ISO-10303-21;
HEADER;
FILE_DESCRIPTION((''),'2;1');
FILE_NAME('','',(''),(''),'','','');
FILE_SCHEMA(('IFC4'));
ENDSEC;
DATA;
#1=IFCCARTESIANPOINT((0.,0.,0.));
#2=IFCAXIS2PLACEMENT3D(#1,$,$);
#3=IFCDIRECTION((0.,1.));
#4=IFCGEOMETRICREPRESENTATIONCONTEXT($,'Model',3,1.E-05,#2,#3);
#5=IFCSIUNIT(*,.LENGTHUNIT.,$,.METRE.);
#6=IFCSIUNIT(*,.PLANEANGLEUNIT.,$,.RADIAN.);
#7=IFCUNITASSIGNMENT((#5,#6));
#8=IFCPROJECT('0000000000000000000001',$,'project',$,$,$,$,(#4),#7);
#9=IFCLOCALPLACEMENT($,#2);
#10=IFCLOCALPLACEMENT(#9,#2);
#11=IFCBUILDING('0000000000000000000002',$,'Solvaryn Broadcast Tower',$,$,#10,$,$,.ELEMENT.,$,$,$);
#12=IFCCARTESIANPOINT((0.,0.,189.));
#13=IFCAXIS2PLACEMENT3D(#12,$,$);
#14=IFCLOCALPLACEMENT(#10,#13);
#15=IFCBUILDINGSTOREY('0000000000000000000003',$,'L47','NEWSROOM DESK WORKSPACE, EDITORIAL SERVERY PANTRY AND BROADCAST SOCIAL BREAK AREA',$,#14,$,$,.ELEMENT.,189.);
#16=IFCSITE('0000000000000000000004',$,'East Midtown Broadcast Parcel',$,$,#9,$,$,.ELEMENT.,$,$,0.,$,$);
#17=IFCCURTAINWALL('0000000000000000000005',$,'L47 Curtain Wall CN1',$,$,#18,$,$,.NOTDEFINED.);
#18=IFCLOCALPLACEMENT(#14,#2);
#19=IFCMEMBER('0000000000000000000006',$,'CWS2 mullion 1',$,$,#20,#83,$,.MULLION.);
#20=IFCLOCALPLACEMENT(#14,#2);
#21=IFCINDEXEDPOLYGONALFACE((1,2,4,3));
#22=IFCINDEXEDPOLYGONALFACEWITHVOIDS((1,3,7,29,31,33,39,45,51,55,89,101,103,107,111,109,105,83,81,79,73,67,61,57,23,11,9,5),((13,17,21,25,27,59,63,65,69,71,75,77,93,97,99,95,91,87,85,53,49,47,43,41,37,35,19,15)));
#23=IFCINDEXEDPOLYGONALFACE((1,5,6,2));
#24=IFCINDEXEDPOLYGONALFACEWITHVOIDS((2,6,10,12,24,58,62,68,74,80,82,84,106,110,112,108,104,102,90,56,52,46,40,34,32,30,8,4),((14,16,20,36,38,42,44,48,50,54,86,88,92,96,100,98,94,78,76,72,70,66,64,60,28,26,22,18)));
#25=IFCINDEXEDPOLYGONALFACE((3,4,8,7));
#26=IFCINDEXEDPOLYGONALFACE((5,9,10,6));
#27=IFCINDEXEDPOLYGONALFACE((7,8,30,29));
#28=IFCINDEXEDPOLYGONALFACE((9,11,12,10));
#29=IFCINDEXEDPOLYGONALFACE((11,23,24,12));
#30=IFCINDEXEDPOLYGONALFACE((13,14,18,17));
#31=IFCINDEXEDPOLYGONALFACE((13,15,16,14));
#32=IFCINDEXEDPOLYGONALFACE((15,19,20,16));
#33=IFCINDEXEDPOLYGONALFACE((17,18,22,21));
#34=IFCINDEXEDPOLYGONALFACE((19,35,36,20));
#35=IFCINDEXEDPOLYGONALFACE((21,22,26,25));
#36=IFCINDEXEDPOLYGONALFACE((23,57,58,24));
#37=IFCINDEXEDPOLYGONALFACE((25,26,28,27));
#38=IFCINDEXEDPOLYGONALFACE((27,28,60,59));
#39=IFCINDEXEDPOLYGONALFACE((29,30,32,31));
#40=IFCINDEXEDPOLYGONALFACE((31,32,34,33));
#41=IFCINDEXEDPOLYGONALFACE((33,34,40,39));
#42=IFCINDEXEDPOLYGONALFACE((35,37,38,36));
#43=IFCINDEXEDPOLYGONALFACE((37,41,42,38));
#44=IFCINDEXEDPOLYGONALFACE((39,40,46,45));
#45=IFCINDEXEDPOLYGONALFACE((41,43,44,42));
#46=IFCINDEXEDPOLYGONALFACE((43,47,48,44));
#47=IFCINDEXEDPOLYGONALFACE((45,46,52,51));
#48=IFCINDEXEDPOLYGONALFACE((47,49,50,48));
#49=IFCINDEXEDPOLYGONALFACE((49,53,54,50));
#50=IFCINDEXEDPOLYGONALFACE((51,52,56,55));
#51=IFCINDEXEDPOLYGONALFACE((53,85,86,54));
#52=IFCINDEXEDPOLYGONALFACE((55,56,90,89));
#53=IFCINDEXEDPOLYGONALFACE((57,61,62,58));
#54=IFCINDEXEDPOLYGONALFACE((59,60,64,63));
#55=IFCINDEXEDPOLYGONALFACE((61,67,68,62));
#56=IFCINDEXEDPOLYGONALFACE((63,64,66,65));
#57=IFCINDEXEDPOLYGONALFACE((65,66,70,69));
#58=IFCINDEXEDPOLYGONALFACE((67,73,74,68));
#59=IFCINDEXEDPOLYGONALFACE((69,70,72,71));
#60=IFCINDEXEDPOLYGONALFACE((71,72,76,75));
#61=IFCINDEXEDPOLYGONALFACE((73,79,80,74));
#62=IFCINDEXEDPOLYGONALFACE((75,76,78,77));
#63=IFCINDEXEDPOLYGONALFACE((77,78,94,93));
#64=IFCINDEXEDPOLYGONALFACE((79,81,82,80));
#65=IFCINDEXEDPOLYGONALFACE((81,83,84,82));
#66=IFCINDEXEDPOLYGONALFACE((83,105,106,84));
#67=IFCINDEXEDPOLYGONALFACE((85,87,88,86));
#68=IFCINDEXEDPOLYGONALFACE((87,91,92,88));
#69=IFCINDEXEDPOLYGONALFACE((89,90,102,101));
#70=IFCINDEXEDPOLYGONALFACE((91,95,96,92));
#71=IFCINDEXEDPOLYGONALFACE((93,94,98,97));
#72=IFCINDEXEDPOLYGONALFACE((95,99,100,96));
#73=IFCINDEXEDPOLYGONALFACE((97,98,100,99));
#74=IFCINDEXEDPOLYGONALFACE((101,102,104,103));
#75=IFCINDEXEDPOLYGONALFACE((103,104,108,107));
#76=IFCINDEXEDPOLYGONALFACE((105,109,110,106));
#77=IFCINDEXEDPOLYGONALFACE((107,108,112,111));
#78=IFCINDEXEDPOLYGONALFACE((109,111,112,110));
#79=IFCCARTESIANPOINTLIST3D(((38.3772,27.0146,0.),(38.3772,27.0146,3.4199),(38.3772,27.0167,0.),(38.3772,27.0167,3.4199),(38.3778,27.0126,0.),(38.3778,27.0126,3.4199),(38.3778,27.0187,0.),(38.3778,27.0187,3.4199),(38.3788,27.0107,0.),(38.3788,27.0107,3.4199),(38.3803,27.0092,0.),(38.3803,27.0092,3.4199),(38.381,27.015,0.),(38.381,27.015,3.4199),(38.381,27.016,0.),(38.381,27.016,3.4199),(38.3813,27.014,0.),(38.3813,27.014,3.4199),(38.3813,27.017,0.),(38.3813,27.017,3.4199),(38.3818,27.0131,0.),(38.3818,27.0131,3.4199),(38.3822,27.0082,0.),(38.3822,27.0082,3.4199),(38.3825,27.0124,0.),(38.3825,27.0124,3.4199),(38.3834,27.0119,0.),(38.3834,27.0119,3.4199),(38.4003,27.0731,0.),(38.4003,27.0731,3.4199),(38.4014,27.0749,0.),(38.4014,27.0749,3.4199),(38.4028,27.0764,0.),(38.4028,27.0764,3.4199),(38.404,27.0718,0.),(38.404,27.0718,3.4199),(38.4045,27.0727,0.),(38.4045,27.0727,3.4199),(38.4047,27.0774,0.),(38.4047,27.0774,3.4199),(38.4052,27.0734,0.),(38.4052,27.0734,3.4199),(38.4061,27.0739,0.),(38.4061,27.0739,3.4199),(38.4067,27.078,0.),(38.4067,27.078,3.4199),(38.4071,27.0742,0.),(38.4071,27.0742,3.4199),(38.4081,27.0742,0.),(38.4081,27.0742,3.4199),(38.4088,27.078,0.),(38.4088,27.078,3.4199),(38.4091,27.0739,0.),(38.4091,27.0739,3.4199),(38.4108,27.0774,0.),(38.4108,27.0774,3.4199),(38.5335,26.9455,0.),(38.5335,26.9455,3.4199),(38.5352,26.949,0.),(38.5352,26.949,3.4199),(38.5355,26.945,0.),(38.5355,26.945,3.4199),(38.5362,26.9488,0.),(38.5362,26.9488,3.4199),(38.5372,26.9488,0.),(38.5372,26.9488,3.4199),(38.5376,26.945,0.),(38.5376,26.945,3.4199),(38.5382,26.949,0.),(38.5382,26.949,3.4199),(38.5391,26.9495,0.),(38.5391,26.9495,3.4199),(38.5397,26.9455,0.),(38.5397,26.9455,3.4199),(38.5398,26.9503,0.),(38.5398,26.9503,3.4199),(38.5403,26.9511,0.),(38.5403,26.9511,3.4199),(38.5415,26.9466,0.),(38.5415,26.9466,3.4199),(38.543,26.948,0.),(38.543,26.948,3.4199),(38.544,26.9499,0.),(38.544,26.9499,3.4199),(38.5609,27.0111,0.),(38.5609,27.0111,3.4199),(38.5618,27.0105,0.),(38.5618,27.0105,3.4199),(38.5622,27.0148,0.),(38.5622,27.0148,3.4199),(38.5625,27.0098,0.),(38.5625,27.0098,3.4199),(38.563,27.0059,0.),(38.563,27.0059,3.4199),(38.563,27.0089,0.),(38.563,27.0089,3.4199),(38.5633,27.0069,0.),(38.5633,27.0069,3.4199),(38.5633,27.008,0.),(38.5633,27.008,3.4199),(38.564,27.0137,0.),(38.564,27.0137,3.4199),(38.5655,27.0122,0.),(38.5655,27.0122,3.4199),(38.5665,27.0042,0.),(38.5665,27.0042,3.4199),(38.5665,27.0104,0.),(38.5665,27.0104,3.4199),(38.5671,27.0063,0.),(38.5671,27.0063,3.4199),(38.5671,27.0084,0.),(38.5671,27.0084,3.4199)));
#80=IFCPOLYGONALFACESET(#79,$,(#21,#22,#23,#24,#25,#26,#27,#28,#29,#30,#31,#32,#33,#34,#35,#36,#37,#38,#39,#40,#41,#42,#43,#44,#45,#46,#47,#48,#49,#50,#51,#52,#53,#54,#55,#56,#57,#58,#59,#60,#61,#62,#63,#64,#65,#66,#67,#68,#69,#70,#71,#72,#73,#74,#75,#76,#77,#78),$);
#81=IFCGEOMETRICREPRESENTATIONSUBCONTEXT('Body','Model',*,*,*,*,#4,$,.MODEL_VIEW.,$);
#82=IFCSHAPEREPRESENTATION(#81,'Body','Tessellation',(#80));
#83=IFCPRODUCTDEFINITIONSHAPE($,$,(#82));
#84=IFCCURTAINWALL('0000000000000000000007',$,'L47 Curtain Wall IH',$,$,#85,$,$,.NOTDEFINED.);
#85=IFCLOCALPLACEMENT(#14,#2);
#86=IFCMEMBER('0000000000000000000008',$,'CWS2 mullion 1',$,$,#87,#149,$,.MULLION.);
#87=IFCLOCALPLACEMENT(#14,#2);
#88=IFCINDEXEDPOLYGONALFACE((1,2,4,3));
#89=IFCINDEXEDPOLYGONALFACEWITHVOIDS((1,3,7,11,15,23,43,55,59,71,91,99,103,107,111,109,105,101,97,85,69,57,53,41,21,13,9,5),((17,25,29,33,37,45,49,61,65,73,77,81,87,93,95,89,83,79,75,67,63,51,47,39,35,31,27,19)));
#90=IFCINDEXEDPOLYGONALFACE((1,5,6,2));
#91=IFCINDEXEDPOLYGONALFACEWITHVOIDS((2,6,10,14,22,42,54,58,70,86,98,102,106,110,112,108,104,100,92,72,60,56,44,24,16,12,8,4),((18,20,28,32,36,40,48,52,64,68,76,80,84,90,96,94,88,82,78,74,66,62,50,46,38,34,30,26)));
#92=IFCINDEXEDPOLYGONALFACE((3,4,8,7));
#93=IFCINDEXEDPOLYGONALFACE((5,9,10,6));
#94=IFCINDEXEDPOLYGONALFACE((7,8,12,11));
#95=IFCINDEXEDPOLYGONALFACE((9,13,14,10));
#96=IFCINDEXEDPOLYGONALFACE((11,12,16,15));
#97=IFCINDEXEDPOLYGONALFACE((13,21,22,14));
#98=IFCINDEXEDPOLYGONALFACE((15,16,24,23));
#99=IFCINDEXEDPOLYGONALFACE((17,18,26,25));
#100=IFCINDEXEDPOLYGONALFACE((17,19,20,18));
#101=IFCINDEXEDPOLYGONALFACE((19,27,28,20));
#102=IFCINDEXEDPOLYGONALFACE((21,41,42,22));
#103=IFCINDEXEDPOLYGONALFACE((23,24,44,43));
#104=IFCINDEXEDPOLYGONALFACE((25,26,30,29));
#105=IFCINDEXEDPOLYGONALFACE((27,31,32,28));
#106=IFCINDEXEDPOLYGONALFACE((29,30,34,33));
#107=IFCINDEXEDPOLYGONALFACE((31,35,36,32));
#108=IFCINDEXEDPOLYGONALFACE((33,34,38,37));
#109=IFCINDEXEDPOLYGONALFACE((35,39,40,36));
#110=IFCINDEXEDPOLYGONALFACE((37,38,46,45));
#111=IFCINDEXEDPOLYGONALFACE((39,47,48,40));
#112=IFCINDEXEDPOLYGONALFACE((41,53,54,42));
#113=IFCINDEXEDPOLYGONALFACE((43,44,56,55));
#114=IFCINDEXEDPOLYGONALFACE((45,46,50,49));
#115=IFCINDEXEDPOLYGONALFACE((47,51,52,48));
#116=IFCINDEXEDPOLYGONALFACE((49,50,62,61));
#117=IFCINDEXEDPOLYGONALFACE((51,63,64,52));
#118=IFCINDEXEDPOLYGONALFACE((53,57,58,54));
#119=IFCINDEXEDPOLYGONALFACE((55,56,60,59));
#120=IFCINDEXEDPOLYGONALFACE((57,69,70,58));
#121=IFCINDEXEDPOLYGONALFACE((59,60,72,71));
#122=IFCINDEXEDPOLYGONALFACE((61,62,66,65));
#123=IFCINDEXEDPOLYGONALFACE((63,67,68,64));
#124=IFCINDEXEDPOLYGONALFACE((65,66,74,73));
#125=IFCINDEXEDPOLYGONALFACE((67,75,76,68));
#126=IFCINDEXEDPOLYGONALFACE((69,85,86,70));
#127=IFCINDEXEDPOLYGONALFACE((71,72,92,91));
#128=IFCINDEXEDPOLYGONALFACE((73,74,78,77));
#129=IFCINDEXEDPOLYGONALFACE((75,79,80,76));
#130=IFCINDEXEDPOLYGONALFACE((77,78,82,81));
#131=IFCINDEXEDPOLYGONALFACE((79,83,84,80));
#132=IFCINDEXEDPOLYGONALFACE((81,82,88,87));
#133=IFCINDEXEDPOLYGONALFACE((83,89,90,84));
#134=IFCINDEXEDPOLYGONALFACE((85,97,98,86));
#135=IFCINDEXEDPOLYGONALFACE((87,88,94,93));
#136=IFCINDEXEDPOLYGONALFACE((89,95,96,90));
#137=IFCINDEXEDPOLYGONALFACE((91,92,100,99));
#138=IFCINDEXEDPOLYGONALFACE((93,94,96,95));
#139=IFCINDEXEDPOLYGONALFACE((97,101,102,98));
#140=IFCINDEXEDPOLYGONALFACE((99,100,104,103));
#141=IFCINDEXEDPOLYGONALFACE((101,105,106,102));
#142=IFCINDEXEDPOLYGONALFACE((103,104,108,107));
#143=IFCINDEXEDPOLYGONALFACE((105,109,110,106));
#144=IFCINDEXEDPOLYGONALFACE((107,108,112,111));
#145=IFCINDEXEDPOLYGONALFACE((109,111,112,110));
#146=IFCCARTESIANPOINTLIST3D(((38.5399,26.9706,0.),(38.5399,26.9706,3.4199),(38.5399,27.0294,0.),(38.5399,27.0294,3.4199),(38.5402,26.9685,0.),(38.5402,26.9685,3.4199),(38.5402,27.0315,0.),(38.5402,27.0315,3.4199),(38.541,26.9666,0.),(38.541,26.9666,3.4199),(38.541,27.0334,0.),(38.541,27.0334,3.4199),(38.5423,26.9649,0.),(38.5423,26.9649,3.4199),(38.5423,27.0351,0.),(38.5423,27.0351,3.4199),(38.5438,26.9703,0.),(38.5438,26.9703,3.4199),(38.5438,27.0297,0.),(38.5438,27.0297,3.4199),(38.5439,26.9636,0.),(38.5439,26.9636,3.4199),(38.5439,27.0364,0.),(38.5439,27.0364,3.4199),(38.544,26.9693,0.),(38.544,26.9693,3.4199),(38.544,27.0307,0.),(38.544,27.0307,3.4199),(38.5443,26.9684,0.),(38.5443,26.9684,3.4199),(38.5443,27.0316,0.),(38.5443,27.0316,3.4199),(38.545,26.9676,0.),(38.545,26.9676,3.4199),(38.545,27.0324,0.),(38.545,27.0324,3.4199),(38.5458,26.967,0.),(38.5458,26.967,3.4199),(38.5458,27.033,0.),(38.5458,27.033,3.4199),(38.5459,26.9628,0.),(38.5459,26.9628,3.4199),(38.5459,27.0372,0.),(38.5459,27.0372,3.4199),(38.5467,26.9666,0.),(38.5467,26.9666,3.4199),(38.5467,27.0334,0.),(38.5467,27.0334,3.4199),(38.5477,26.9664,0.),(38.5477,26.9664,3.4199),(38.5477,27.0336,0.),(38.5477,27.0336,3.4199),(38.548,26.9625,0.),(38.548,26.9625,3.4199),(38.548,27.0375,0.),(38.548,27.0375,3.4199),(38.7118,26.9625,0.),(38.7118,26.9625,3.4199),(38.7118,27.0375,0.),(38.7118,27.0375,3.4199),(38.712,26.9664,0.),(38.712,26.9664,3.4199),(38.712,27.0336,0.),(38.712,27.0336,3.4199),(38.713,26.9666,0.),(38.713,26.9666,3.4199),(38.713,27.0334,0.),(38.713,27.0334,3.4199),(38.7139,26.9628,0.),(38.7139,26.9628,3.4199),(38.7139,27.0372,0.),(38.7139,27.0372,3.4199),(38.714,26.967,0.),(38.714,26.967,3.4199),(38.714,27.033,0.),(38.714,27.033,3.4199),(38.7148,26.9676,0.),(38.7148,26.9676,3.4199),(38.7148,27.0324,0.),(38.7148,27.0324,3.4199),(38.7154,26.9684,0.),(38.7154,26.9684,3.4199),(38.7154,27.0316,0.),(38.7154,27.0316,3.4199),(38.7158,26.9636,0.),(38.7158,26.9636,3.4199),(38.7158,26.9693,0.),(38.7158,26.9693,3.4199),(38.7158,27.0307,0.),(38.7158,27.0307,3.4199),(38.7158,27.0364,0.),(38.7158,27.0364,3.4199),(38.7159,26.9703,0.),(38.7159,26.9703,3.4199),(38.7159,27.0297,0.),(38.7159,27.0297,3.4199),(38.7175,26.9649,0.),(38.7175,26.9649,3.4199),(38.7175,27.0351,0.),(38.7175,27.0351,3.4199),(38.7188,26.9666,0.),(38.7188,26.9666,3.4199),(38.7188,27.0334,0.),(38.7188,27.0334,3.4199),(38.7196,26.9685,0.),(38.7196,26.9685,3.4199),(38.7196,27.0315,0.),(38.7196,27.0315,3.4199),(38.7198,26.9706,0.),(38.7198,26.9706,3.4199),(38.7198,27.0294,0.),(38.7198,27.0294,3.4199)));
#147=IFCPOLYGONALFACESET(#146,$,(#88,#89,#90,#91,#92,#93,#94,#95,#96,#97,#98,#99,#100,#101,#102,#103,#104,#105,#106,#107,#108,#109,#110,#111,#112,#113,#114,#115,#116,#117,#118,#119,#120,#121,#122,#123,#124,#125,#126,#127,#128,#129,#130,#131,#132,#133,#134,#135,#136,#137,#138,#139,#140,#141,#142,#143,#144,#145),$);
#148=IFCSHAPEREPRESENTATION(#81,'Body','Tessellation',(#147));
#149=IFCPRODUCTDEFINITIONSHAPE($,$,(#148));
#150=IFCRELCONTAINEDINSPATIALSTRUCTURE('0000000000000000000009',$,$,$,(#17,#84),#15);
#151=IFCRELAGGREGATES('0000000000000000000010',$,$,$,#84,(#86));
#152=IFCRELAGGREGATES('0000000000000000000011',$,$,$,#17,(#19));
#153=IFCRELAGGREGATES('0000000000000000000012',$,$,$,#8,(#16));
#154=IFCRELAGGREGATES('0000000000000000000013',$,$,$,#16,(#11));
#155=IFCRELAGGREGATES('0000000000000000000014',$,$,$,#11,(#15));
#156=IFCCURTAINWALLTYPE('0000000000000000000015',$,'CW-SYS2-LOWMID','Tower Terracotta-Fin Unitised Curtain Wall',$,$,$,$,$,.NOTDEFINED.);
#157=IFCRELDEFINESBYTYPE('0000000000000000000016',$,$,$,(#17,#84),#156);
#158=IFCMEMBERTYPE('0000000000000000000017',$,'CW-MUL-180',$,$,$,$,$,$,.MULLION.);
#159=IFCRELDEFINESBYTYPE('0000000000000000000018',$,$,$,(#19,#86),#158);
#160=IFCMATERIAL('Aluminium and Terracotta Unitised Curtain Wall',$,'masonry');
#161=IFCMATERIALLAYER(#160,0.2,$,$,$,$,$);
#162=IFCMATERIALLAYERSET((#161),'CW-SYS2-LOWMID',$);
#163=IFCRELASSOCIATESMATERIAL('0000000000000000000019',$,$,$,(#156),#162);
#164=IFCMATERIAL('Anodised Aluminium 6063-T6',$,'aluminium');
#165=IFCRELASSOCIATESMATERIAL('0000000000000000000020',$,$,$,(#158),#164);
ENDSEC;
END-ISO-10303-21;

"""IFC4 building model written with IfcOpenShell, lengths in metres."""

from ifc_helpers import new_model, si_unit, direction, frame, origin, origin_2d, place, context, subcontext, project, spatial, hollow_rectangle, extrude, material, layer, layer_set, material_profile, profile_set, type_object, element, aggregate, save


model = new_model("IFC4")

# Units and contexts
model_context = context("Model", 3, precision=1e-05, world=origin(), true_north=direction((0.0, 1.0)))
body_context = subcontext(model_context, "Body", "Model", "MODEL_VIEW")
ifc_project = project(units=[si_unit("LENGTHUNIT", "METRE"), si_unit("PLANEANGLEUNIT", "RADIAN")], contexts=[model_context])

# Site, building, storey
site_placement = place(None, origin())
site = spatial("IfcSite", under=ifc_project, at=site_placement, Name="East Midtown Broadcast Parcel", CompositionType="ELEMENT", RefElevation=0.0)
building_placement = place(site_placement, origin())
building = spatial("IfcBuilding", under=site, at=building_placement, Name="Solvaryn Broadcast Tower", CompositionType="ELEMENT")
storey_placement = place(building_placement, frame((0.0, 0.0, 189.0)))
storey = spatial("IfcBuildingStorey", under=building, at=storey_placement, Name="L47", Description="NEWSROOM DESK WORKSPACE, EDITORIAL SERVERY PANTRY AND BROADCAST SOCIAL BREAK AREA", CompositionType="ELEMENT", Elevation=189.0)

# Curtain walls, members
ifc_material_1 = material(Name="Aluminium and Terracotta Unitised Curtain Wall", Category="masonry")
ifc_layer_1 = layer(ifc_material_1, 0.2)
ifc_layer_set_1 = layer_set([ifc_layer_1], Name="CW-SYS2-LOWMID")
curtain_wall_type = type_object("IfcCurtainWallType", Name="CW-SYS2-LOWMID", Description="Tower Terracotta-Fin Unitised Curtain Wall", PredefinedType="NOTDEFINED", material=ifc_layer_set_1)
curtain_wall_1_placement = place(storey_placement, origin())
curtain_wall_1 = element("IfcCurtainWall", 1, at=curtain_wall_1_placement, inside=storey, type_object=curtain_wall_type, Name="L47 Curtain Wall CN1", PredefinedType="NOTDEFINED")
ifc_material_2 = material(Name="Anodised Aluminium 6063-T6", Category="aluminium")
ifc_material_profile_1 = material_profile(ifc_material_2, hollow_rectangle(XDim=0.075, YDim=0.1799, WallThickness=0.0039, InnerFilletRadius=0.0039, OuterFilletRadius=0.0081, at=origin_2d()))
ifc_profile_set_1 = profile_set([ifc_material_profile_1], Name="Anodised Aluminium 6063-T6")
member_type_1 = type_object("IfcMemberType", Name="CW-MUL-180", PredefinedType="MULLION", material=ifc_profile_set_1)
member_1_placement = place(storey_placement, frame((38.4722, 27.0115, 0.0), z_axis=(0.0, 0.0, 1.0), x_axis=(-0.382646, -0.923895, 0.0)))
member_1 = element("IfcMember", 2, at=member_1_placement, type_object=member_type_1, Name="CWS2 mullion 1", PredefinedType="MULLION", context=body_context, shape_type="SweptSolid", body=[
    extrude(hollow_rectangle(XDim=0.075, YDim=0.1799, WallThickness=0.0039, InnerFilletRadius=0.0039, OuterFilletRadius=0.0081, at=origin_2d()), origin(), (0.0, 0.0, 1.0), 3.4199),
])
curtain_wall_2_placement = place(storey_placement, origin())
curtain_wall_2 = element("IfcCurtainWall", 3, at=curtain_wall_2_placement, inside=storey, type_object=curtain_wall_type, Name="L47 Curtain Wall IH", PredefinedType="NOTDEFINED")
member_2_placement = place(storey_placement, frame((38.6299, 27.0, 0.0), z_axis=(0.0, 0.0, 1.0), x_axis=(0.0, 1.0, 0.0)))
member_2 = element("IfcMember", 4, at=member_2_placement, type_object=member_type_1, Name="CWS2 mullion 1", PredefinedType="MULLION", context=body_context, shape_type="SweptSolid", body=[
    extrude(hollow_rectangle(XDim=0.075, YDim=0.1799, WallThickness=0.0039, InnerFilletRadius=0.0039, OuterFilletRadius=0.0081, at=origin_2d()), origin(), (0.0, 0.0, 1.0), 3.4199),
])

aggregate(curtain_wall_2, [member_2])

aggregate(curtain_wall_1, [member_1])

save(model, "model.ifc")
